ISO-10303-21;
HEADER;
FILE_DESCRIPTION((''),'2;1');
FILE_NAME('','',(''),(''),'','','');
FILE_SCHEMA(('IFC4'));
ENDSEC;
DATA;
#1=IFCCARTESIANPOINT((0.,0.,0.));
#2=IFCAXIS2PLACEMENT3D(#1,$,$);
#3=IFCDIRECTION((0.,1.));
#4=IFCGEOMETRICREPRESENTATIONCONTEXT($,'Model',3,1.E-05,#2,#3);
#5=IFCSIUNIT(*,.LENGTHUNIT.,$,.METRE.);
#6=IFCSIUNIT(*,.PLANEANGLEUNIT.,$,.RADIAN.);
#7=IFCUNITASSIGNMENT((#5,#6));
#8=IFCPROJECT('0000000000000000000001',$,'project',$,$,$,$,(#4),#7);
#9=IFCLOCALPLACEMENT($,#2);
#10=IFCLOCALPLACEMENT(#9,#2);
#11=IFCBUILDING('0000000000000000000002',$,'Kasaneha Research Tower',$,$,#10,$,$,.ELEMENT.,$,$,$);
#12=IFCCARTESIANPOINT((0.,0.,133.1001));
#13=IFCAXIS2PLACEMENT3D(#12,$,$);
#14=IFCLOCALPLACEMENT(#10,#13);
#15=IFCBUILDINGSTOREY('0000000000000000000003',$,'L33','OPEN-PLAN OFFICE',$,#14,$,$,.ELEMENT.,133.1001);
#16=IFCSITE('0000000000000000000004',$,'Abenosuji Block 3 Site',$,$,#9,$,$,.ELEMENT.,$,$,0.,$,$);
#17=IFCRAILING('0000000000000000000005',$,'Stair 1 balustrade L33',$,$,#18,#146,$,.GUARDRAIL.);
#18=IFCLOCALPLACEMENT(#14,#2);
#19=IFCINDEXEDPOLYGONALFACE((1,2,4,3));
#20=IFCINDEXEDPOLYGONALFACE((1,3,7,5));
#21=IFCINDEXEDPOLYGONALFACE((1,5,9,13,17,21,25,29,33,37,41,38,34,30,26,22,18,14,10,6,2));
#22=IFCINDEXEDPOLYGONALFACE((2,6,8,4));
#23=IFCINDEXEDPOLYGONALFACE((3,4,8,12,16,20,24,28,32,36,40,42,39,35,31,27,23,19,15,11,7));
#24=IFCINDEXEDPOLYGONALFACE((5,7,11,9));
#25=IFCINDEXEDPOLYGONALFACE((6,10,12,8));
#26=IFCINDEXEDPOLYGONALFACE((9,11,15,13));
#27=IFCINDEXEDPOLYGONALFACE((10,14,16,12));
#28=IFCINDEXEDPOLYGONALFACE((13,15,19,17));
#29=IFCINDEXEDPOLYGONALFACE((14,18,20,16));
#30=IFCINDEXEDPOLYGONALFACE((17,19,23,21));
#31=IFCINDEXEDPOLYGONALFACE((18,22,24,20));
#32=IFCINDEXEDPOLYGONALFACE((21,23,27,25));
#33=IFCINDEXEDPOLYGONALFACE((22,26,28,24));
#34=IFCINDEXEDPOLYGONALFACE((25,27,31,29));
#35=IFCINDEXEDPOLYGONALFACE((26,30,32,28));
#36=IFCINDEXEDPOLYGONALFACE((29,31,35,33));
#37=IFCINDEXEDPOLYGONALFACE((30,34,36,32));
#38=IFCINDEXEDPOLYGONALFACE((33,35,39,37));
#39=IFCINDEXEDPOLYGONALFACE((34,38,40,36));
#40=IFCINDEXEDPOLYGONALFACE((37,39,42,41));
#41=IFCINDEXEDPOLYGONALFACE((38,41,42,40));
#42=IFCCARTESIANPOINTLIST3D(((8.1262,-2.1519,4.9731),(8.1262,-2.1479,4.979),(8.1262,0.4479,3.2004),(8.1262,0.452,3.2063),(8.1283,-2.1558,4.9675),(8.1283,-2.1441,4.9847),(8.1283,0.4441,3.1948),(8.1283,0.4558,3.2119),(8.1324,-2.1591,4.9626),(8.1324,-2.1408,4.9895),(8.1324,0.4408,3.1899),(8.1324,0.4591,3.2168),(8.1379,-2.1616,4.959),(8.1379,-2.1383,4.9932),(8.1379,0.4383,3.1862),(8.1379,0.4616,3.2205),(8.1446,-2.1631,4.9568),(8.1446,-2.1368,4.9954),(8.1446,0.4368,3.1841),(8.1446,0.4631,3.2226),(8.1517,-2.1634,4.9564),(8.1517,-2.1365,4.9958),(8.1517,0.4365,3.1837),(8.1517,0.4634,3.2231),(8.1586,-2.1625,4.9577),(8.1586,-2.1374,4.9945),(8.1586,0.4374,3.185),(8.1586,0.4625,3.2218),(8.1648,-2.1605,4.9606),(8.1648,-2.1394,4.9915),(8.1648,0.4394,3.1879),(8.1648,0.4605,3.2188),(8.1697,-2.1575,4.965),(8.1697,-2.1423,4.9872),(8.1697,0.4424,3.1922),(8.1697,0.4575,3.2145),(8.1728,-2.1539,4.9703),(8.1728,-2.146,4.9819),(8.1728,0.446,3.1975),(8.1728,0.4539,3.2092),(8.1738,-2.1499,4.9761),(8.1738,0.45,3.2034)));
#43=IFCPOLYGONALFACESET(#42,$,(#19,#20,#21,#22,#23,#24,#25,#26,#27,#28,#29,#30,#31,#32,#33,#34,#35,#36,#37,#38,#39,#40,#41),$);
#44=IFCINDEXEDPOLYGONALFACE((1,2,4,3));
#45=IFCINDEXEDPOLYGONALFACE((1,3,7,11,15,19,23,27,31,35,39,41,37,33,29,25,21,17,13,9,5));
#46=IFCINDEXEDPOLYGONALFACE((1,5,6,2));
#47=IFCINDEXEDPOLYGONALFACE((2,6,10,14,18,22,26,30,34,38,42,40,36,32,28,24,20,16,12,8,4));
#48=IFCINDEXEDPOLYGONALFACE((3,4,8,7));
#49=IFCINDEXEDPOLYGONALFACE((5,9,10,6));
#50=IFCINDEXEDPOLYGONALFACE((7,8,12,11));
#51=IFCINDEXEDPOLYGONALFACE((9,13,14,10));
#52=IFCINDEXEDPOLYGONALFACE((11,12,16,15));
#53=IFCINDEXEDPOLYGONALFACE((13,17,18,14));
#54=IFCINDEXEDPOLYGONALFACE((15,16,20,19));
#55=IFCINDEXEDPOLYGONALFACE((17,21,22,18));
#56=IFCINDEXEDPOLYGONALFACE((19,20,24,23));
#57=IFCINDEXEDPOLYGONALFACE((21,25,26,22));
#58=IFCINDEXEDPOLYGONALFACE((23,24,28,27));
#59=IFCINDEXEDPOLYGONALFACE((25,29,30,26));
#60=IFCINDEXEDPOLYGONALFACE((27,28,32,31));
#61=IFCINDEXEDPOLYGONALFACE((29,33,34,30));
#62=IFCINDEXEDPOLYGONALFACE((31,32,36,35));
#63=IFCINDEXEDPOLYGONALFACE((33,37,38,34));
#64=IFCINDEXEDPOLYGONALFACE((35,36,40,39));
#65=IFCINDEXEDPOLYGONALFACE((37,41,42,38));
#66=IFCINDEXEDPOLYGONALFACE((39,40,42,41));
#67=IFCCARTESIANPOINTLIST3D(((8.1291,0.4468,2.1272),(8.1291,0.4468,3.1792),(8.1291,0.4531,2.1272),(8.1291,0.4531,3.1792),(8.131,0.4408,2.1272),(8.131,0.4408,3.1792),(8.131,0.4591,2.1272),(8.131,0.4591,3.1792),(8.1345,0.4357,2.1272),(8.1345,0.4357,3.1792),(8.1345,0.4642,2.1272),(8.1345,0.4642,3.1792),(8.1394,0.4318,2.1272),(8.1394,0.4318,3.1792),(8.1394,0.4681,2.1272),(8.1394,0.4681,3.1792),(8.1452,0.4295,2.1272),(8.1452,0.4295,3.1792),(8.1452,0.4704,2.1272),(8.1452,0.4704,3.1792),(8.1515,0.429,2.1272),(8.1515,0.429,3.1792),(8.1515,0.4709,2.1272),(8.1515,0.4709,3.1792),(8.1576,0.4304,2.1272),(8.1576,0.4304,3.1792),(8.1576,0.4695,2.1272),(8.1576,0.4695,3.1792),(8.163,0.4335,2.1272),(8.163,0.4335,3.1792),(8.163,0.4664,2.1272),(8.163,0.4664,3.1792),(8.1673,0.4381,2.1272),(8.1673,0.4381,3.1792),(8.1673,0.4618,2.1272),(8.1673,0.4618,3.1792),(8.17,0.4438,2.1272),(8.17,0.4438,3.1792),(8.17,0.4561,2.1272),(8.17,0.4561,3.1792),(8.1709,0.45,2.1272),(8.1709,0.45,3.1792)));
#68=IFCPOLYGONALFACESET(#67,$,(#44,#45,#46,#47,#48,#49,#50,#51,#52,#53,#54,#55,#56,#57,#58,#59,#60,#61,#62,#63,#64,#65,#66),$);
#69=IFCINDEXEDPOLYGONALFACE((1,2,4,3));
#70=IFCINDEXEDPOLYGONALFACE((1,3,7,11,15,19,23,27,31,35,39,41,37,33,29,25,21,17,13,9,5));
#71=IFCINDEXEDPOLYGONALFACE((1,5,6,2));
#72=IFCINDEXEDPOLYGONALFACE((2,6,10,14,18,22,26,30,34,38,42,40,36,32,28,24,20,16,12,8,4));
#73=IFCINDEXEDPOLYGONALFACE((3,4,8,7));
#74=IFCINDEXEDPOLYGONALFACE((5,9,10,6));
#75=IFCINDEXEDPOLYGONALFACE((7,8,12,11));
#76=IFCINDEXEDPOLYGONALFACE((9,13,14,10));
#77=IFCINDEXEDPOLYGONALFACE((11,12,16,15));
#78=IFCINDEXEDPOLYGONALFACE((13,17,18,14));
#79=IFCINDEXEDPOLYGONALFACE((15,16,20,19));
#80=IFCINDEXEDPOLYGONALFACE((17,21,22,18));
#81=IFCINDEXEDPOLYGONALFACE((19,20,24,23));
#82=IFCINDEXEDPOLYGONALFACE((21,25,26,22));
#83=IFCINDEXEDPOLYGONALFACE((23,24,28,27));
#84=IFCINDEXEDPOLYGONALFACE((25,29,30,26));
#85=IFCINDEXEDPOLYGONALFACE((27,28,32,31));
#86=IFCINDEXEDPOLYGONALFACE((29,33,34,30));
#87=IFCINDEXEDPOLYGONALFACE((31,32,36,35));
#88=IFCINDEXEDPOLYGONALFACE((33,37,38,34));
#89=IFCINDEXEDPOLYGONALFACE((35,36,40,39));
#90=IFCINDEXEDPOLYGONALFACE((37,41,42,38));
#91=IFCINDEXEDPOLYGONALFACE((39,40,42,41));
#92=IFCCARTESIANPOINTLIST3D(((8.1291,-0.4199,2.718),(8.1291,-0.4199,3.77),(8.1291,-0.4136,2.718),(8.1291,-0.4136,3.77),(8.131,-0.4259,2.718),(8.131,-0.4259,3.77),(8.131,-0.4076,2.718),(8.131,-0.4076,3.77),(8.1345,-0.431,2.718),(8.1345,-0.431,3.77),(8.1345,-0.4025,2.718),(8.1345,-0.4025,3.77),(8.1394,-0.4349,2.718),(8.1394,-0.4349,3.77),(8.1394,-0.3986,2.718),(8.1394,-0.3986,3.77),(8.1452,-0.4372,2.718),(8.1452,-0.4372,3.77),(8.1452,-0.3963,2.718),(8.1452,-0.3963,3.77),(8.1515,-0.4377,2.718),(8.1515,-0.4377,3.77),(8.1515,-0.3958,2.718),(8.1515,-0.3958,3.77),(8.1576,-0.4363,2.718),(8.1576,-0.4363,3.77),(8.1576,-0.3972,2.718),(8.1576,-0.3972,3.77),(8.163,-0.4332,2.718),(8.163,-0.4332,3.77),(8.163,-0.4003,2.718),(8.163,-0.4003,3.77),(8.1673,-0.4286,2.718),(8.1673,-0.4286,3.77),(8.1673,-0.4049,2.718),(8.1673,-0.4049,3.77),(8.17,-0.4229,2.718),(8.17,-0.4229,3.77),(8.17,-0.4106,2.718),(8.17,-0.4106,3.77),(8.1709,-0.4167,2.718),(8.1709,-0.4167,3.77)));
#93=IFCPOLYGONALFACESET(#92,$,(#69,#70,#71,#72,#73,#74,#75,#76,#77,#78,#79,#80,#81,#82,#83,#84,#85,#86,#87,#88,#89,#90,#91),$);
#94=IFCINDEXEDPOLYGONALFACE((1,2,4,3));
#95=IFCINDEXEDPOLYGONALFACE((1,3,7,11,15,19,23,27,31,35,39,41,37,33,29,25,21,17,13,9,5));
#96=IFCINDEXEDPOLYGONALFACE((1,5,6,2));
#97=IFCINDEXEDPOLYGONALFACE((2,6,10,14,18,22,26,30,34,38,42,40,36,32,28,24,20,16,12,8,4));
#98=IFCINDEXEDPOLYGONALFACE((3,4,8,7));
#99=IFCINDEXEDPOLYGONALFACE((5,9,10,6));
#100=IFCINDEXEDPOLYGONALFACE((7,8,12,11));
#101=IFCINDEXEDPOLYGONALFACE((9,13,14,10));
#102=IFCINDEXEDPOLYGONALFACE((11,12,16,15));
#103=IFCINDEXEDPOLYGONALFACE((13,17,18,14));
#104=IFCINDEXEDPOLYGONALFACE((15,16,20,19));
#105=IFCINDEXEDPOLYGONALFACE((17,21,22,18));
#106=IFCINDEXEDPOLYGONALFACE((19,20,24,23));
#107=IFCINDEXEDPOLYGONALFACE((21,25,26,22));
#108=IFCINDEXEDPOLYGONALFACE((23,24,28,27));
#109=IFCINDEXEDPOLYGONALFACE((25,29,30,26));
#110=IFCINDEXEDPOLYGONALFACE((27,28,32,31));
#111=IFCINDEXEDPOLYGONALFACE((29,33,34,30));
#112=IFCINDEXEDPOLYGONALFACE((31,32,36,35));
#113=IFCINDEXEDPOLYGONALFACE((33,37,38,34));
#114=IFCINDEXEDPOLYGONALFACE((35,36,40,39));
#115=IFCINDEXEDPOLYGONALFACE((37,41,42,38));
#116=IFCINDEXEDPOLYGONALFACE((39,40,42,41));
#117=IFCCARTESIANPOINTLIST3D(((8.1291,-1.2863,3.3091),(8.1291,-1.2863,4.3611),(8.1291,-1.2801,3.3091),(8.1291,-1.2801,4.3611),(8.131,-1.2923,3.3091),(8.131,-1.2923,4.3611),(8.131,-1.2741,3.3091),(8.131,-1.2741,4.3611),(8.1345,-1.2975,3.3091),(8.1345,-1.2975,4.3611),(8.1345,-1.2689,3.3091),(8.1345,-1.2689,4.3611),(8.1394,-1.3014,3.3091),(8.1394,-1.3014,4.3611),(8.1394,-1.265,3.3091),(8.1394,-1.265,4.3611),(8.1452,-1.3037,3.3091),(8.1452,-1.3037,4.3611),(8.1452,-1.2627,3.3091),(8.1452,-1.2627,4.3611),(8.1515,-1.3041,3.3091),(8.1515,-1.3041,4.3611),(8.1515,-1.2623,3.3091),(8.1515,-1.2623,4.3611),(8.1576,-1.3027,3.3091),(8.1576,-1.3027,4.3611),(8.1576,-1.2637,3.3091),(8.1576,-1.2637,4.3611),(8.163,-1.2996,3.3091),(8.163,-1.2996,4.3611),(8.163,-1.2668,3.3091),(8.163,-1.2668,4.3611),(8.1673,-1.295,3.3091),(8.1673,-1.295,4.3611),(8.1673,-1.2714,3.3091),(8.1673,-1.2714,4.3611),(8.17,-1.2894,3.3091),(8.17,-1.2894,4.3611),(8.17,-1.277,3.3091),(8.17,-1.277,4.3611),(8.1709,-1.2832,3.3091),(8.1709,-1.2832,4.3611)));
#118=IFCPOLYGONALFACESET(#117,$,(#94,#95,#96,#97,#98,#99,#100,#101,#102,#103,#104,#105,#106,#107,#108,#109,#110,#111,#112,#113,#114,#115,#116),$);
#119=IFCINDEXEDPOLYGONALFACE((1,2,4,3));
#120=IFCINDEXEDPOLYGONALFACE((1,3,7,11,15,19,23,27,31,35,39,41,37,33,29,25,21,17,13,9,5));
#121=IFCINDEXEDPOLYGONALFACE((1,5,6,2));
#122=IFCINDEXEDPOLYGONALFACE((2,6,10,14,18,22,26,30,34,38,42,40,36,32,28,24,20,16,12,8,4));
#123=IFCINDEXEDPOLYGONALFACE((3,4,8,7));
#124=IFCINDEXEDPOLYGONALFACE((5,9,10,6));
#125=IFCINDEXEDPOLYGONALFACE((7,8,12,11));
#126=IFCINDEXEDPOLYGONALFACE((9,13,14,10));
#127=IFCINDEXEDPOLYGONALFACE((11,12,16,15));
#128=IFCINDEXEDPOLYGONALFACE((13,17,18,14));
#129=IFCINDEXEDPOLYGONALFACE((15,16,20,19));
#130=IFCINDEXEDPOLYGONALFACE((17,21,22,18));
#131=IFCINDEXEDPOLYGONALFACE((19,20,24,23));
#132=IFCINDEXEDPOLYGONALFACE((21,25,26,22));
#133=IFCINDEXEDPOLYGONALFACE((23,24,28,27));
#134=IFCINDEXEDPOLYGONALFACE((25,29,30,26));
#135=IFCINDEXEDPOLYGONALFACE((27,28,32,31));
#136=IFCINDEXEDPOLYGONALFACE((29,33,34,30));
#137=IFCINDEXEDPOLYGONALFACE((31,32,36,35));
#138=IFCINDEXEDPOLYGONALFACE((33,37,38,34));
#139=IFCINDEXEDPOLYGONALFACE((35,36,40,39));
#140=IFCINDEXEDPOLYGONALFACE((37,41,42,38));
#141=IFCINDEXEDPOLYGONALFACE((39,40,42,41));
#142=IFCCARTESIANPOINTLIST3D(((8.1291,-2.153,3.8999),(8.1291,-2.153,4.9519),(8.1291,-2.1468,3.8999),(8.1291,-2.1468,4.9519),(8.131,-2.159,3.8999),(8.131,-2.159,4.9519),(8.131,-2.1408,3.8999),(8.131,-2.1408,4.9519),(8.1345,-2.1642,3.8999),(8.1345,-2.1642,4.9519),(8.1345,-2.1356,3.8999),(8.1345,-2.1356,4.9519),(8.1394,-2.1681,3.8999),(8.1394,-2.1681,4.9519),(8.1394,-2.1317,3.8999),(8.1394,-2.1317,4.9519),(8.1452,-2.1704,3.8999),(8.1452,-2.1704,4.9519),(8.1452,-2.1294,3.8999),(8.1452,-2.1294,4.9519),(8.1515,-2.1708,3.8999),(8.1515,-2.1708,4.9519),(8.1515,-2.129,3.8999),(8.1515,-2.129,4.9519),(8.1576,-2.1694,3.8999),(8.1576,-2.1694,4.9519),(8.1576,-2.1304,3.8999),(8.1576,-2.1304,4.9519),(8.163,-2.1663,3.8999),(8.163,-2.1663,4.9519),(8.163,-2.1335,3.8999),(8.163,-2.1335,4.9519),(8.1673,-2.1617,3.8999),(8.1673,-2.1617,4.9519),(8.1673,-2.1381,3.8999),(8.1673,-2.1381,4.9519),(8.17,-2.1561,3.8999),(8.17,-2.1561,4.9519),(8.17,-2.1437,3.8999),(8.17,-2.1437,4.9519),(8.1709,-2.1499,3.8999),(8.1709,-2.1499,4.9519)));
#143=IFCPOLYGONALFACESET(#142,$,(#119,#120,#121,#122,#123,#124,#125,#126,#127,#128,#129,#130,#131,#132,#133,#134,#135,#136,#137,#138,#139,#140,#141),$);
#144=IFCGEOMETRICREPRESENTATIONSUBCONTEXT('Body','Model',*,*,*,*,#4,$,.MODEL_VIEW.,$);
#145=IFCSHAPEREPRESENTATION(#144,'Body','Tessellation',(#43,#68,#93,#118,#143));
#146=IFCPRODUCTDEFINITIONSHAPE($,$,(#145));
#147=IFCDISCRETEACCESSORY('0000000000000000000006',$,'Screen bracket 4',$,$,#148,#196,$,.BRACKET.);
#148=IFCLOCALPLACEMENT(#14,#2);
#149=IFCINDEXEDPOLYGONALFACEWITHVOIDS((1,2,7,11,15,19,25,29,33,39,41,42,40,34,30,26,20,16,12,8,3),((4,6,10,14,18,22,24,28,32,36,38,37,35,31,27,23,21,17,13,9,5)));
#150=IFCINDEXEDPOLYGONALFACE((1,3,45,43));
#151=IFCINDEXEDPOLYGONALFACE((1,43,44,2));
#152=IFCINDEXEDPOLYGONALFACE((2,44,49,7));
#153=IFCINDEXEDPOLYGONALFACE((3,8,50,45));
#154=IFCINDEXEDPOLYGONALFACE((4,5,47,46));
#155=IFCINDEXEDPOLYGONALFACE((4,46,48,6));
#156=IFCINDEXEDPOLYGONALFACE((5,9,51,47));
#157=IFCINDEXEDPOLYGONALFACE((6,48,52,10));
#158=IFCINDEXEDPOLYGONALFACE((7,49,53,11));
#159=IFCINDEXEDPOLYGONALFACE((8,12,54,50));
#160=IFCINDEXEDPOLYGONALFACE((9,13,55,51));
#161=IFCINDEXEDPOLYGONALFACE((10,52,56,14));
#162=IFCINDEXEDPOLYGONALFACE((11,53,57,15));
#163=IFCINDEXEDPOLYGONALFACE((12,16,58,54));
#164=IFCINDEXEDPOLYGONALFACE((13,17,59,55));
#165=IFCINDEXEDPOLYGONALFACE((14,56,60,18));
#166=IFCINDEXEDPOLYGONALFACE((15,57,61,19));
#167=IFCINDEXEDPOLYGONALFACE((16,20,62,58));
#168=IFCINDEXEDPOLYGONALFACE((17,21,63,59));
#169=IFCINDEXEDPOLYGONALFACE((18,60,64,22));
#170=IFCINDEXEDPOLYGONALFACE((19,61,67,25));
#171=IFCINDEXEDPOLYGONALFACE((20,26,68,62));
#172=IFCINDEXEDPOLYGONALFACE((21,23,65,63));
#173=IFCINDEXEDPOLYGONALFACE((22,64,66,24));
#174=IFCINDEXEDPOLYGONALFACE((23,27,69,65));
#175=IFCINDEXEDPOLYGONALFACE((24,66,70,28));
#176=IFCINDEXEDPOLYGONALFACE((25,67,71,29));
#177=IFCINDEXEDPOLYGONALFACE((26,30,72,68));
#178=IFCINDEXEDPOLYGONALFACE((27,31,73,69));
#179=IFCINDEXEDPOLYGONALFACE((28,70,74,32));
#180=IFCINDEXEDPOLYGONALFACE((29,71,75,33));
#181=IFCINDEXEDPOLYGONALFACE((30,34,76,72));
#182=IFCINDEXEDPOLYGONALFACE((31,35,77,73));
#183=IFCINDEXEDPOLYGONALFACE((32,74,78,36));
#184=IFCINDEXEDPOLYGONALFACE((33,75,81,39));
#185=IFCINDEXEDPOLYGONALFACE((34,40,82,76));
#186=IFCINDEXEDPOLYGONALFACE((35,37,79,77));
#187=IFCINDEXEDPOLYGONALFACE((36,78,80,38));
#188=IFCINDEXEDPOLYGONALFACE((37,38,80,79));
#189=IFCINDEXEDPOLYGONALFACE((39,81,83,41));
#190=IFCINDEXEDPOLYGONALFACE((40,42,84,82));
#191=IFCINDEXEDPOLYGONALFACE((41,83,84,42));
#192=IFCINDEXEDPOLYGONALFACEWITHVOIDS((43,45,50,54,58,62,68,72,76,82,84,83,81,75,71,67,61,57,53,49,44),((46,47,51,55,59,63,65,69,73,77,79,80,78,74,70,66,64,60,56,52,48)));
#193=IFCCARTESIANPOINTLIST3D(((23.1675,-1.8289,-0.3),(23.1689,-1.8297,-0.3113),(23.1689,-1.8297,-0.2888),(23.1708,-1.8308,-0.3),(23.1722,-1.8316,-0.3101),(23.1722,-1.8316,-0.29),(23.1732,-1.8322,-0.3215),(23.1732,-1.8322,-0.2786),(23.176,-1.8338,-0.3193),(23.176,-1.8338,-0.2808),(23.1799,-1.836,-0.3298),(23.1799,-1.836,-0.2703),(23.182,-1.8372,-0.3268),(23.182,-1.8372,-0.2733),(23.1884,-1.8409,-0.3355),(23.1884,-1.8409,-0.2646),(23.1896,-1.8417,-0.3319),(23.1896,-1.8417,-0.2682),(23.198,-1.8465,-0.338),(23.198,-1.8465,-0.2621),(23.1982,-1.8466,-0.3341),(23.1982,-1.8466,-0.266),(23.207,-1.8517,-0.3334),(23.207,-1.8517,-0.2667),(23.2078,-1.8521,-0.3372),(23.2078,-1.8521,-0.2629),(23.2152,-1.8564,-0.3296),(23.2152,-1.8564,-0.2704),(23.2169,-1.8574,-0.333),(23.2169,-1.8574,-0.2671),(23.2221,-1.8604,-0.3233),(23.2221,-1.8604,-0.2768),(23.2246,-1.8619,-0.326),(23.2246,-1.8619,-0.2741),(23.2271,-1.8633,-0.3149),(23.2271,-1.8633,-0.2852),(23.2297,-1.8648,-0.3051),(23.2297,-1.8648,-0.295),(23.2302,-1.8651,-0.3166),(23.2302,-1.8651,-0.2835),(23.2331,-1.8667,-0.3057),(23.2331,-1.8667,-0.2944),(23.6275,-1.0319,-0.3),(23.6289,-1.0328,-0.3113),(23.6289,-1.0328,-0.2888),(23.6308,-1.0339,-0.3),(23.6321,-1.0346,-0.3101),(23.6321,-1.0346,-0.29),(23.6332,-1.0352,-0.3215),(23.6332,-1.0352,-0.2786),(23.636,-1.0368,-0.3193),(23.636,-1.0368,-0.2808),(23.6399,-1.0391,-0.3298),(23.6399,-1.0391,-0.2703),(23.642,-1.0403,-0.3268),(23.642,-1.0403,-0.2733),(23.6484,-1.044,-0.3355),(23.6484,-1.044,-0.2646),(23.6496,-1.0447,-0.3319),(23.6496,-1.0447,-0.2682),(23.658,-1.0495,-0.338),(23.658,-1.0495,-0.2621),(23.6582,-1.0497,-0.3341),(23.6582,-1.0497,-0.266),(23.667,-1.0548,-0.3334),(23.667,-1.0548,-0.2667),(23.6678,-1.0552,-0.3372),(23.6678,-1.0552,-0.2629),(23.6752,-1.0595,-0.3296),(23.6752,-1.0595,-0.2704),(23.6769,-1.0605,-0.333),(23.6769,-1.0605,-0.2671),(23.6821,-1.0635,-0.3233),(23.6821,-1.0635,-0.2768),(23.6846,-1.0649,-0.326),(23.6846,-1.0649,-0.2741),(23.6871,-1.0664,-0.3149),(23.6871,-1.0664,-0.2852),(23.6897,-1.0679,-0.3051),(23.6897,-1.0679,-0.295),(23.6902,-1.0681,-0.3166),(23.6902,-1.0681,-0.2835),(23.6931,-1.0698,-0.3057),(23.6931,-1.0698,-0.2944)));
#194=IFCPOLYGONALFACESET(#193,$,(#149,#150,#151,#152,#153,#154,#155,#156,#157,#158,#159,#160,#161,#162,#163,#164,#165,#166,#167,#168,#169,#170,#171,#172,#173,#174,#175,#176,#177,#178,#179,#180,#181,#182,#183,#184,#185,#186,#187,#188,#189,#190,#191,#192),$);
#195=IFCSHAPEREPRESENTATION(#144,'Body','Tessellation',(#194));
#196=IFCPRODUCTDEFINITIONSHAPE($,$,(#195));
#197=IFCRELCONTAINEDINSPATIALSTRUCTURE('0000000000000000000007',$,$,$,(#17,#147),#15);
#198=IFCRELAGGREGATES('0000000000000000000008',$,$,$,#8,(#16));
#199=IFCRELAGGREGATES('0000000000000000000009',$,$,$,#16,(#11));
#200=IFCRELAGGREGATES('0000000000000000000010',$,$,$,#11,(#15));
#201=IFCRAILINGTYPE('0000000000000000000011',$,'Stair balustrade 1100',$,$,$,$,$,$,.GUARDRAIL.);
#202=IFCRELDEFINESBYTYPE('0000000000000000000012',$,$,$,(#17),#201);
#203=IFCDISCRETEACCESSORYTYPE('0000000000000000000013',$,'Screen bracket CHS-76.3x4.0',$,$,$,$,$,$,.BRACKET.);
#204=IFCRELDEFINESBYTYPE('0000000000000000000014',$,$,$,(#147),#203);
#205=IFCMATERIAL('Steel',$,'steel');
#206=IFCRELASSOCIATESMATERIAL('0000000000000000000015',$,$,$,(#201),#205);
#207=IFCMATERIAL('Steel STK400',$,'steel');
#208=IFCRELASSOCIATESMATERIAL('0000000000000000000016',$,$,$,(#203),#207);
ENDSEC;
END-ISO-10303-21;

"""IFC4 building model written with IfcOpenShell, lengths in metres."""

from ifc_helpers import new_model, si_unit, direction, frame, origin, origin_2d, place, context, subcontext, project, spatial, circle, hollow_circle, extrude, material, material_profile, profile_set, type_object, element, save


model = new_model("IFC4")

# Units and contexts
model_context = context("Model", 3, precision=1e-05, world=origin(), true_north=direction((0.0, 1.0)))
body_context = subcontext(model_context, "Body", "Model", "MODEL_VIEW")
ifc_project = project(units=[si_unit("LENGTHUNIT", "METRE"), si_unit("PLANEANGLEUNIT", "RADIAN")], contexts=[model_context])

# Site, building, storey
site_placement = place(None, origin())
site = spatial("IfcSite", under=ifc_project, at=site_placement, Name="Abenosuji Block 3 Site", CompositionType="ELEMENT", RefElevation=0.0)
building_placement = place(site_placement, origin())
building = spatial("IfcBuilding", under=site, at=building_placement, Name="Kasaneha Research Tower", CompositionType="ELEMENT")
storey_placement = place(building_placement, frame((0.0, 0.0, 133.1001)))
storey = spatial("IfcBuildingStorey", under=building, at=storey_placement, Name="L33", Description="OPEN-PLAN OFFICE", CompositionType="ELEMENT", Elevation=133.1001)

# Railing
ifc_material_1 = material(Name="Steel", Category="steel")
railing_type = type_object("IfcRailingType", Name="Stair balustrade 1100", PredefinedType="GUARDRAIL", material=ifc_material_1)
railing_placement = place(storey_placement, frame((8.1499, 0.45, 2.1272)))
element("IfcRailing", 1, at=railing_placement, inside=storey, type_object=railing_type, Name="Stair 1 balustrade L33", PredefinedType="GUARDRAIL", context=body_context, shape_type="SweptSolid", body=[
    extrude(circle(Radius=0.0239, at=origin_2d()), frame((0.0, 0.0, 1.0762), z_axis=(0.0, -0.826216, 0.563354), x_axis=(1.0, 0.0, 0.0)), (0.0, 0.0, 1.0), 3.1467),
    extrude(circle(Radius=0.021, at=origin_2d()), origin(), (0.0, 0.0, 1.0), 1.052),
    extrude(circle(Radius=0.021, at=origin_2d()), frame((0.0, -0.8667, 0.5908)), (0.0, 0.0, 1.0), 1.052),
    extrude(circle(Radius=0.021, at=origin_2d()), frame((0.0, -1.7332, 1.1819)), (0.0, 0.0, 1.0), 1.052),
    extrude(circle(Radius=0.021, at=origin_2d()), frame((0.0, -2.5999, 1.7727)), (0.0, 0.0, 1.0), 1.052),
])

# Discrete accessory
ifc_material_2 = material(Name="Steel STK400", Category="steel")
ifc_material_profile_1 = material_profile(ifc_material_2, hollow_circle(Radius=0.0381, WallThickness=0.0039, at=origin_2d()), Name="CHS-76.3x4.0")
ifc_profile_set_1 = profile_set([ifc_material_profile_1], Name="Steel STK400")
discrete_accessory_type = type_object("IfcDiscreteAccessoryType", Name="Screen bracket CHS-76.3x4.0", PredefinedType="BRACKET", material=ifc_profile_set_1)
discrete_accessory_placement = place(storey_placement, frame((23.2004, -1.8479, -0.3), z_axis=(0.499906, 0.86608, 0.0), x_axis=(-0.86608, 0.499906, 0.0)))
element("IfcDiscreteAccessory", 2, at=discrete_accessory_placement, inside=storey, type_object=discrete_accessory_type, Name="Screen bracket 4", PredefinedType="BRACKET", context=body_context, shape_type="SweptSolid", body=[
    extrude(hollow_circle(Radius=0.0381, WallThickness=0.0039, at=origin_2d()), origin(), (0.0, 0.0, 1.0), 0.9202),
])

save(model, "model.ifc")
